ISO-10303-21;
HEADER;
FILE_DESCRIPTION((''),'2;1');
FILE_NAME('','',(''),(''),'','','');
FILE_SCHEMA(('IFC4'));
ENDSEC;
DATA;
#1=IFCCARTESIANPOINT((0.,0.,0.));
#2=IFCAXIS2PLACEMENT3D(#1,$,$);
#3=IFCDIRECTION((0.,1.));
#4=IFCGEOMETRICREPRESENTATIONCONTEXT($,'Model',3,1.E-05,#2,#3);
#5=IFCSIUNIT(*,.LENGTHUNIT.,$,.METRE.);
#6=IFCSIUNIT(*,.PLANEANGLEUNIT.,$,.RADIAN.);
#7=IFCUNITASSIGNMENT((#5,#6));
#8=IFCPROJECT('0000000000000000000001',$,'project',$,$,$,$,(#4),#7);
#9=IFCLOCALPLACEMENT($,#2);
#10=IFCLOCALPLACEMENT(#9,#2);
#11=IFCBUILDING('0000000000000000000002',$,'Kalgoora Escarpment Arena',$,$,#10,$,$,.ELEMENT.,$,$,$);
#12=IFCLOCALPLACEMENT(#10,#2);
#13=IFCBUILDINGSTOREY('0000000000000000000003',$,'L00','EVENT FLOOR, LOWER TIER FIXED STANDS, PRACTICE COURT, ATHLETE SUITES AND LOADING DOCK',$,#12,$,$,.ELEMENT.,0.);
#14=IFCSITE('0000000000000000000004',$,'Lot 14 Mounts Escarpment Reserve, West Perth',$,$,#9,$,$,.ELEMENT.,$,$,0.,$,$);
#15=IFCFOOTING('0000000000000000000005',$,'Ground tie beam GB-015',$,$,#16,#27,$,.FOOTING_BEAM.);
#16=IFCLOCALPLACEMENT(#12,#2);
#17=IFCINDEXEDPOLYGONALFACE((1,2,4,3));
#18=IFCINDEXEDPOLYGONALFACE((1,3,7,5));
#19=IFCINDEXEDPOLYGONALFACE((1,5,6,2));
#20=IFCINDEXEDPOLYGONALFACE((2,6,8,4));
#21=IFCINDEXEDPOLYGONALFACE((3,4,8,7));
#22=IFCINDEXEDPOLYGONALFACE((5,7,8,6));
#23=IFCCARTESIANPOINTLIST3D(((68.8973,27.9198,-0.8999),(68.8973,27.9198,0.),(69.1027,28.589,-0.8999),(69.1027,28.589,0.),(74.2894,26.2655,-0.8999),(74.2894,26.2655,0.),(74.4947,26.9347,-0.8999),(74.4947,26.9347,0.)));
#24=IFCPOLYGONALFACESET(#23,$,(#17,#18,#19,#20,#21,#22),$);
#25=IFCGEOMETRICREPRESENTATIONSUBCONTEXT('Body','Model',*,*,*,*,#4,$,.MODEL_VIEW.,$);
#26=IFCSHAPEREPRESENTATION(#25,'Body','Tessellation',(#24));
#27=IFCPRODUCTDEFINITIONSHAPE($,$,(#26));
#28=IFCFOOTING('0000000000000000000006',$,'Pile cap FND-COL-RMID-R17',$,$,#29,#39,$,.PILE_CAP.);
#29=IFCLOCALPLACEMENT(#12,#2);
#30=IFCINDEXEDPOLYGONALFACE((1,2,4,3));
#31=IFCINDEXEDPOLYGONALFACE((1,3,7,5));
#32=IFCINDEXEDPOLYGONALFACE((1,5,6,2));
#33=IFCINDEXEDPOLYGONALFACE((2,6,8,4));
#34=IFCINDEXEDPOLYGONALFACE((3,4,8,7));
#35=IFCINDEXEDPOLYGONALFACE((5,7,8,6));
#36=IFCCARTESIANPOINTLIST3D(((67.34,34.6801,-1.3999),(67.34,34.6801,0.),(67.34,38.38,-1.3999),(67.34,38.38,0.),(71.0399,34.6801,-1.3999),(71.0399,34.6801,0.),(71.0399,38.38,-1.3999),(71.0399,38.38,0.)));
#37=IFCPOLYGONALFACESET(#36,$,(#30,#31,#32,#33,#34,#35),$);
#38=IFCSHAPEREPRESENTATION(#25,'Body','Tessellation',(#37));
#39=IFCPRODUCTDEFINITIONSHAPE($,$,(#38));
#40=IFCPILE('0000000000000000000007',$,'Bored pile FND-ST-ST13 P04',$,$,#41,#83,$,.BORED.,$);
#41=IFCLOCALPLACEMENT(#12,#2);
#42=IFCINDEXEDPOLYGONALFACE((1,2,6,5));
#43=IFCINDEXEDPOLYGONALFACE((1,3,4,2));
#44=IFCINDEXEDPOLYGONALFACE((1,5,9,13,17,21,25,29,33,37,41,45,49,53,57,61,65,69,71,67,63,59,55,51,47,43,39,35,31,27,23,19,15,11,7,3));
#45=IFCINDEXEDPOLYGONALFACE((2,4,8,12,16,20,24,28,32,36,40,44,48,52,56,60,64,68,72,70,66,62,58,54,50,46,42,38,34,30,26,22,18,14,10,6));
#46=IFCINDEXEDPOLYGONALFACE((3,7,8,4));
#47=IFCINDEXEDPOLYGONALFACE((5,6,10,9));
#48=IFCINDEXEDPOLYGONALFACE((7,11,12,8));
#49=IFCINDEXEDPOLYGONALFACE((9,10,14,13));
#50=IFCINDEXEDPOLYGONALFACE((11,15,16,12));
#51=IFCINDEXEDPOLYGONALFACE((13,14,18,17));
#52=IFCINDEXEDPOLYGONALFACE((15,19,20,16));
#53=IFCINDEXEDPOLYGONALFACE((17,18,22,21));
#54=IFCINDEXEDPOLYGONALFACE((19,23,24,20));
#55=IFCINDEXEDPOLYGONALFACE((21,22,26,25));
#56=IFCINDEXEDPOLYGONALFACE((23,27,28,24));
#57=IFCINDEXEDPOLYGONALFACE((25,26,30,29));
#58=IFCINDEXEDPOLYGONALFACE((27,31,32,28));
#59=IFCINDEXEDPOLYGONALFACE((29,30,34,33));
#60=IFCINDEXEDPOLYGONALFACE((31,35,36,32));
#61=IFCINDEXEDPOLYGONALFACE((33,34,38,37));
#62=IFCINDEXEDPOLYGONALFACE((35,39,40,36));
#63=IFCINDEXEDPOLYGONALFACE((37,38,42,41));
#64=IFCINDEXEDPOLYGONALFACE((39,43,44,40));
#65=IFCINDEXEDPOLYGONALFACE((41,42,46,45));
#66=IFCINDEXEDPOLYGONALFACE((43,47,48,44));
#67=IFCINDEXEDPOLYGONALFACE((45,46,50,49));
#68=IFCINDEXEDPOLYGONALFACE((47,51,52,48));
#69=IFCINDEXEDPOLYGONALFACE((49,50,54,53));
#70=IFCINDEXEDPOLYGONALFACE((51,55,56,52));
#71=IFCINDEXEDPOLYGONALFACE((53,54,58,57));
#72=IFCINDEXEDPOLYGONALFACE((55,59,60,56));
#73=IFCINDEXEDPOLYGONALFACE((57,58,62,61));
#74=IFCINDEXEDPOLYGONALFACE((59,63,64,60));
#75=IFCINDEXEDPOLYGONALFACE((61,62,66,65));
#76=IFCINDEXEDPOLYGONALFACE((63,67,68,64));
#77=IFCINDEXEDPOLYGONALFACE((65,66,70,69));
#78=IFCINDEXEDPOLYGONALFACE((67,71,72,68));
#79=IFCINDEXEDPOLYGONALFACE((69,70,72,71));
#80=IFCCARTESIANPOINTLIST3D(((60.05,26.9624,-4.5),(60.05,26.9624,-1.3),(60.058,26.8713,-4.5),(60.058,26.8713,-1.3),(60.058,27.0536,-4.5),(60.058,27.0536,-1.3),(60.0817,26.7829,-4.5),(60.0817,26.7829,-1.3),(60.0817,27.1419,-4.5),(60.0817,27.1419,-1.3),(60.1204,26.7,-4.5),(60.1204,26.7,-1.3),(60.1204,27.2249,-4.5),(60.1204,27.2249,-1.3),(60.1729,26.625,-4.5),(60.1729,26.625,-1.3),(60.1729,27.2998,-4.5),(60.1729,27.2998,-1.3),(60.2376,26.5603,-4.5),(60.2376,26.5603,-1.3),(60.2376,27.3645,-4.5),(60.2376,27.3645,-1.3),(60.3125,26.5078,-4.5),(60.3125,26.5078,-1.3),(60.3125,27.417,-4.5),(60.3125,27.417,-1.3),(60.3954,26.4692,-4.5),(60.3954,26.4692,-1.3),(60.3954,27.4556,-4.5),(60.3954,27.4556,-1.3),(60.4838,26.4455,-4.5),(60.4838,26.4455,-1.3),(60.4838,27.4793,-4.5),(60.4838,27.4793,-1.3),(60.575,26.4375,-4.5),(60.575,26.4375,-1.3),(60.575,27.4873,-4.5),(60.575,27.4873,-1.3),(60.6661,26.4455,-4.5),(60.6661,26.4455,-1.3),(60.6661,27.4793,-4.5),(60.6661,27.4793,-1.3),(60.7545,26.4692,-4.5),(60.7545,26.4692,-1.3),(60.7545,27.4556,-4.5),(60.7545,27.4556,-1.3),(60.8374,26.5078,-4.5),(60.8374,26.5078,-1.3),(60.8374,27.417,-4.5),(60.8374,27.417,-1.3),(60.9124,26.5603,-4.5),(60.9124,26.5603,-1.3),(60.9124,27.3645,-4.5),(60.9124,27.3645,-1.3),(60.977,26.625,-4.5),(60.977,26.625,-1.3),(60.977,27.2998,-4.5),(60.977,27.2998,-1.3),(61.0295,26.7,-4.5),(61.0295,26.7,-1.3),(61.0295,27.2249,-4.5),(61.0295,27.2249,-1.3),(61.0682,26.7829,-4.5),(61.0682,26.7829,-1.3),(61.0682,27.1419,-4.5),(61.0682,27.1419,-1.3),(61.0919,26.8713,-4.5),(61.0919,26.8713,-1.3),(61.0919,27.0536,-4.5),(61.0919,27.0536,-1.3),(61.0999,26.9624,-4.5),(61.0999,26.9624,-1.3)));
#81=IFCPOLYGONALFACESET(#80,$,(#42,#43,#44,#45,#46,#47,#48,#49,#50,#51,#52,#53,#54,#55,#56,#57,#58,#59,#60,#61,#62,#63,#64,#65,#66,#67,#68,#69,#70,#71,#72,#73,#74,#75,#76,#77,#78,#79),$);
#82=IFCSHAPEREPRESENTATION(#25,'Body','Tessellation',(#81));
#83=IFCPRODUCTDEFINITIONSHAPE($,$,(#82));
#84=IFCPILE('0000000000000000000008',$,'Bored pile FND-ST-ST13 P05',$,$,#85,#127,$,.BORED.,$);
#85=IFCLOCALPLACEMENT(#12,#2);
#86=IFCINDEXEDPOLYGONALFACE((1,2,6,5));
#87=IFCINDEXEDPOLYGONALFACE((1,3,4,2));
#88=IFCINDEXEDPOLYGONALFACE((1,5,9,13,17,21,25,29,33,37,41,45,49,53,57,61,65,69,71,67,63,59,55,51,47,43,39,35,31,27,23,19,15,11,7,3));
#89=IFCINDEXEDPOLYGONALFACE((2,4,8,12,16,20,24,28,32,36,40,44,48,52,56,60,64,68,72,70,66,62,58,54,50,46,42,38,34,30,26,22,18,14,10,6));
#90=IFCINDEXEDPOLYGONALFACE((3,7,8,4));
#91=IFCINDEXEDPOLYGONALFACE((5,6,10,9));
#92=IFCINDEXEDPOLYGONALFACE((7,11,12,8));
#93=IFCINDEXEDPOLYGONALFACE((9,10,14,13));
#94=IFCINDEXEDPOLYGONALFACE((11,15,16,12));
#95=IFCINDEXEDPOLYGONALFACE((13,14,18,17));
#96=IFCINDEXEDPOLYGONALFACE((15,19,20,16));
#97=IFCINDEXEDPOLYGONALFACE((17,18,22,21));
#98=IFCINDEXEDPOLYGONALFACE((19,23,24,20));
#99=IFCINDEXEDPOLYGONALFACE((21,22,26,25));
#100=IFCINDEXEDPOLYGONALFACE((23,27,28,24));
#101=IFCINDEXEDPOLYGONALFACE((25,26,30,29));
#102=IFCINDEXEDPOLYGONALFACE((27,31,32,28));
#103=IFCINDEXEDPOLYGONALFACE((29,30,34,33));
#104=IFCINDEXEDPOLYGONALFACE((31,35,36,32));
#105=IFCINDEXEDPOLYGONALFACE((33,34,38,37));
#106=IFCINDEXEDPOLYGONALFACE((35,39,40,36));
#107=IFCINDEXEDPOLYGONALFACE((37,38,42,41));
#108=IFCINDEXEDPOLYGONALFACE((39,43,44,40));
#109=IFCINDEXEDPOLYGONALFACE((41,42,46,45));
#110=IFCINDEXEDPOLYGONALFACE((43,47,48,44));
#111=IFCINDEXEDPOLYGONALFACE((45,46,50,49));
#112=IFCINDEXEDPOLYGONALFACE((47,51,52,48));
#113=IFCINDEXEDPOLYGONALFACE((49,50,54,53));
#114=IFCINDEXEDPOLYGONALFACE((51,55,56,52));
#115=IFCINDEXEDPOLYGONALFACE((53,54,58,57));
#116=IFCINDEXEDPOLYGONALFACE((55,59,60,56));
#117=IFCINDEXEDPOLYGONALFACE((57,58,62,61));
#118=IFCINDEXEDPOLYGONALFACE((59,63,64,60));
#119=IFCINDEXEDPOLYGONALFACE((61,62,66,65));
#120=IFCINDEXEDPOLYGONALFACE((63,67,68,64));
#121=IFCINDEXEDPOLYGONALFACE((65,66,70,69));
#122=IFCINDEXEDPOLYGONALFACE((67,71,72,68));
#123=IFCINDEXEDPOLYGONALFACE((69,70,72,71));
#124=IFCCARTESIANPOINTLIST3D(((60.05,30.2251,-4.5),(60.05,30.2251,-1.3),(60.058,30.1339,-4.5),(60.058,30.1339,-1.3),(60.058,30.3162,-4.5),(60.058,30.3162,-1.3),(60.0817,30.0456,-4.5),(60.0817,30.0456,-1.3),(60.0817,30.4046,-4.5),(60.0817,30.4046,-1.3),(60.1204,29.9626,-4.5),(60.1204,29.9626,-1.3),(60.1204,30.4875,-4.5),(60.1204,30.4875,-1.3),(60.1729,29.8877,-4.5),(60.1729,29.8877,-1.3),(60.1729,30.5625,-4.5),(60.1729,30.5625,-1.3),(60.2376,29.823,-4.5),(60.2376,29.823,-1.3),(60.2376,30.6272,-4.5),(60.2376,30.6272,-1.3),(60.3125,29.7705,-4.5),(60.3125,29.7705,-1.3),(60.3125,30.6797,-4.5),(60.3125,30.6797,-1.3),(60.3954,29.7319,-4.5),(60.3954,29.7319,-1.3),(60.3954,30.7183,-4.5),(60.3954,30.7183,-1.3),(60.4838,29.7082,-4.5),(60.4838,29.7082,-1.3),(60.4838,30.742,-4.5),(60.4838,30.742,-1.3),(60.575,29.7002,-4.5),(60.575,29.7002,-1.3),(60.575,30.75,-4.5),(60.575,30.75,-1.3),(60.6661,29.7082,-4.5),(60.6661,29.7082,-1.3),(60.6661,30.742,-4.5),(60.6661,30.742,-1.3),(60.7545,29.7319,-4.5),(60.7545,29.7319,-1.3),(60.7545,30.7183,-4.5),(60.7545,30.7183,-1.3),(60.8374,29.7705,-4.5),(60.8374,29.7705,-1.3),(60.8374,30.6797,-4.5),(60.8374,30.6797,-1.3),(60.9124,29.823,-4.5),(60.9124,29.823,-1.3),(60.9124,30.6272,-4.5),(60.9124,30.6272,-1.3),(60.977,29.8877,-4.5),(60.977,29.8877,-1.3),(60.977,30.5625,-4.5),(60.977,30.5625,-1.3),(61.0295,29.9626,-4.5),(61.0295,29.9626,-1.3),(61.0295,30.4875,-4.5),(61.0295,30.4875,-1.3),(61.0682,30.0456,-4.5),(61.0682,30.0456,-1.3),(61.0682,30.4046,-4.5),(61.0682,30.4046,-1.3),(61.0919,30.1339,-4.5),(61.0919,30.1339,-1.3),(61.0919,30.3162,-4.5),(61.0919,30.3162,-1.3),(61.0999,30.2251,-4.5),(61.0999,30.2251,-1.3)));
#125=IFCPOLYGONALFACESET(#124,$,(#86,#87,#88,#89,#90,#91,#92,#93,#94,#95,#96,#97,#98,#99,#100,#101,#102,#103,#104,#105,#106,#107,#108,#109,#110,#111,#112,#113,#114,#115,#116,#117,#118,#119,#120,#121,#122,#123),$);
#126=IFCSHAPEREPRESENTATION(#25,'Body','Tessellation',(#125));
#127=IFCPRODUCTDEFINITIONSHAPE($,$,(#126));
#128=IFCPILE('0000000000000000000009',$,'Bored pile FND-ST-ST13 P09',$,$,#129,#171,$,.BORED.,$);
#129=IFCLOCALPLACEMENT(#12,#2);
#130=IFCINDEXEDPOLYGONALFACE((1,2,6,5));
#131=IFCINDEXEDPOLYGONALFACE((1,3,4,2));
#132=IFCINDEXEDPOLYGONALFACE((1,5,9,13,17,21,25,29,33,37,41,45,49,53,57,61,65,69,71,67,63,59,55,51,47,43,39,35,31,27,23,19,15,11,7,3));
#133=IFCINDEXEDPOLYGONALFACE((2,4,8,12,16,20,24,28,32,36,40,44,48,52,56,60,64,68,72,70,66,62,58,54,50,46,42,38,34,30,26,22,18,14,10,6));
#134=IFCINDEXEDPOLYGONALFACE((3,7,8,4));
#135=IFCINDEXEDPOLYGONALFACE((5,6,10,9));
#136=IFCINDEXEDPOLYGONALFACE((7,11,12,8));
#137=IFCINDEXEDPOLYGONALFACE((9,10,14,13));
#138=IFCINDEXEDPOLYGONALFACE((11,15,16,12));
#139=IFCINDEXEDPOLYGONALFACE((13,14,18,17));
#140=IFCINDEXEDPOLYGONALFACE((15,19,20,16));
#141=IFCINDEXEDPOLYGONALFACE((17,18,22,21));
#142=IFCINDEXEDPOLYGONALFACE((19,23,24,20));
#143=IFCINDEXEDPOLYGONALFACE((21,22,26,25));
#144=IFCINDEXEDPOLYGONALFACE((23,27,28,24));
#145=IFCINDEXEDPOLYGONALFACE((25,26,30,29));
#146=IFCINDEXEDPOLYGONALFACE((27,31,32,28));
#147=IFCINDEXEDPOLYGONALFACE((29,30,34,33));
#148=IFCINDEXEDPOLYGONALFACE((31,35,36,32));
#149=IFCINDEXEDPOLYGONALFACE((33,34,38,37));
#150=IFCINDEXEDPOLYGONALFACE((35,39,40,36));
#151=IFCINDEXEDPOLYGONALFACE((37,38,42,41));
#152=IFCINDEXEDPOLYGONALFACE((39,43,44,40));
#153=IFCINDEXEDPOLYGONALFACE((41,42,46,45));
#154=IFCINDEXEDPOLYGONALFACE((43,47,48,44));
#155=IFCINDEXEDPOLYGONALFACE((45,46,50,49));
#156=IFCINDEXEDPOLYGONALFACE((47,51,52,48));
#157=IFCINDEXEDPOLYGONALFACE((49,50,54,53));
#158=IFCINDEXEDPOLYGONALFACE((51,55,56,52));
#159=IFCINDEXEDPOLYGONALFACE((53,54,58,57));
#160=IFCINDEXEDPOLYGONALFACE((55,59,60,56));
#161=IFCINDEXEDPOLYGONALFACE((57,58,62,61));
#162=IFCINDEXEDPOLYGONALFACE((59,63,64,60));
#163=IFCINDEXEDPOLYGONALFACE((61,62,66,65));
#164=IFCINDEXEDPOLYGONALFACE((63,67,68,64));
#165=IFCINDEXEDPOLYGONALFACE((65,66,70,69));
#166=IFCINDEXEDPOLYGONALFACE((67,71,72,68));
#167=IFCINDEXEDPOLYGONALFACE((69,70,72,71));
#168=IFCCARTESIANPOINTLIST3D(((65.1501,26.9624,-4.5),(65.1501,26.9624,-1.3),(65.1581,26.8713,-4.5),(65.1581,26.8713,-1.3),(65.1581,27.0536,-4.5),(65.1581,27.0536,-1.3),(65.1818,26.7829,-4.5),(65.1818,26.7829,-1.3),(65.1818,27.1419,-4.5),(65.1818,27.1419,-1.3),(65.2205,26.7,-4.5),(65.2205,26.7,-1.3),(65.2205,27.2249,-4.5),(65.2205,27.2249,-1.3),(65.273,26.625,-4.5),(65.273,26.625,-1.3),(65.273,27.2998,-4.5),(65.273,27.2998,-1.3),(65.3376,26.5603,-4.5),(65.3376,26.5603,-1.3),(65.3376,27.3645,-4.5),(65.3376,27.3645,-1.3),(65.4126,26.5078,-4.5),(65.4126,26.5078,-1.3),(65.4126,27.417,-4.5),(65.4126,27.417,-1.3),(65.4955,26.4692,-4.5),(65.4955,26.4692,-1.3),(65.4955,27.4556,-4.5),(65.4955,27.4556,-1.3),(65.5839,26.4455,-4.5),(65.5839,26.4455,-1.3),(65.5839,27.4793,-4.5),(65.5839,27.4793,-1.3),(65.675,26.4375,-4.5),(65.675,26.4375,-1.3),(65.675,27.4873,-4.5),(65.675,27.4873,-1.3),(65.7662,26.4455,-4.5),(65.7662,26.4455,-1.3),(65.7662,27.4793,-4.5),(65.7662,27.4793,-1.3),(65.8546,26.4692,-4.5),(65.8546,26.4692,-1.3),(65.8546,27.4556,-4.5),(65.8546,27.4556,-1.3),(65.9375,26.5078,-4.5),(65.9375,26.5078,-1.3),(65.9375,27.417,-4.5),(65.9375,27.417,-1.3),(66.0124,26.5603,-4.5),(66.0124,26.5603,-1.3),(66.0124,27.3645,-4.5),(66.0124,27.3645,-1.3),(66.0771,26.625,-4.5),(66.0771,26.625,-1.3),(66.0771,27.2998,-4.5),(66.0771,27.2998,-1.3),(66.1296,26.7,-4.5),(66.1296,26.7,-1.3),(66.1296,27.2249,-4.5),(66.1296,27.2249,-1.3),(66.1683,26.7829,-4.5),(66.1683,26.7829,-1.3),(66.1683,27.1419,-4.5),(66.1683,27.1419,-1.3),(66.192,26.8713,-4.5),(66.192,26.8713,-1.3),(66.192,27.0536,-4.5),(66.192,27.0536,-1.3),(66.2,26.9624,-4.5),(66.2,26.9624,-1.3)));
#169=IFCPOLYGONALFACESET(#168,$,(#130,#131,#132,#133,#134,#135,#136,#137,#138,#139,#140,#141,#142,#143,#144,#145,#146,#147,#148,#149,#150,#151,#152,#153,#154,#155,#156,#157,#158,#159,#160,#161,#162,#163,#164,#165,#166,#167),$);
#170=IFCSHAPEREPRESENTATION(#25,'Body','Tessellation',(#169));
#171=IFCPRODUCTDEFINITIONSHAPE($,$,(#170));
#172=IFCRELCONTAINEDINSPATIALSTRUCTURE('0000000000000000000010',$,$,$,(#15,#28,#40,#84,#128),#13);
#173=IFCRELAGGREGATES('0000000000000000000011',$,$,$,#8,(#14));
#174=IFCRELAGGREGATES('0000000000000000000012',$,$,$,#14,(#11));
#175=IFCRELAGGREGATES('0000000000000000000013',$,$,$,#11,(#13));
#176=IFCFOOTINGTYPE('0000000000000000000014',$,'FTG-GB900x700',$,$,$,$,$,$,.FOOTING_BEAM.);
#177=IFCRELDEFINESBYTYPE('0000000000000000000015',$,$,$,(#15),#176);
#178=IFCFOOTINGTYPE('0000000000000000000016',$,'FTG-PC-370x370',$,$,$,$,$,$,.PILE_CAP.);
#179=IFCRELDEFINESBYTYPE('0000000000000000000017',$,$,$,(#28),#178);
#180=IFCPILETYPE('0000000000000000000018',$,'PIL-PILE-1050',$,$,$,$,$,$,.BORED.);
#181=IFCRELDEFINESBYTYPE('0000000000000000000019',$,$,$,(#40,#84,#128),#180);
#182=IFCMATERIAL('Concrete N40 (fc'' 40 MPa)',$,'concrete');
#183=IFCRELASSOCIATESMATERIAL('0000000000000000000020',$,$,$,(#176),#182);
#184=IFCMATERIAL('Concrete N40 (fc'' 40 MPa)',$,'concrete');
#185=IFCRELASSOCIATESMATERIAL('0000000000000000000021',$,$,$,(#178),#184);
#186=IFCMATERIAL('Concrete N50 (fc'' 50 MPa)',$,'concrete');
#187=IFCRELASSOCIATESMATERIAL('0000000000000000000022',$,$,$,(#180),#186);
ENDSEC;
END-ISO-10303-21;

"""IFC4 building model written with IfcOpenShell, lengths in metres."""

from ifc_helpers import new_model, si_unit, direction, frame, origin, origin_2d, place, context, subcontext, project, spatial, rectangle, circle, extrude, material, material_profile, profile_set, type_object, element, save


model = new_model("IFC4")

# Units and contexts
model_context = context("Model", 3, precision=1e-05, world=origin(), true_north=direction((0.0, 1.0)))
body_context = subcontext(model_context, "Body", "Model", "MODEL_VIEW")
ifc_project = project(units=[si_unit("LENGTHUNIT", "METRE"), si_unit("PLANEANGLEUNIT", "RADIAN")], contexts=[model_context])

# Site, building, storey
site_placement = place(None, origin())
site = spatial("IfcSite", under=ifc_project, at=site_placement, Name="Lot 14 Mounts Escarpment Reserve, West Perth", CompositionType="ELEMENT", RefElevation=0.0)
building_placement = place(site_placement, origin())
building = spatial("IfcBuilding", under=site, at=building_placement, Name="Kalgoora Escarpment Arena", CompositionType="ELEMENT")
storey_placement = place(building_placement, origin())
storey = spatial("IfcBuildingStorey", under=building, at=storey_placement, Name="L00", Description="EVENT FLOOR, LOWER TIER FIXED STANDS, PRACTICE COURT, ATHLETE SUITES AND LOADING DOCK", CompositionType="ELEMENT", Elevation=0.0)

# Footings
ifc_material_1 = material(Name="Concrete N40 (fc' 40 MPa)", Category="concrete")
ifc_material_profile_1 = material_profile(ifc_material_1, rectangle(XDim=0.7, YDim=0.8999, at=origin_2d()))
ifc_profile_set_1 = profile_set([ifc_material_profile_1], Name="Concrete N40 (fc' 40 MPa)")
footing_type_1 = type_object("IfcFootingType", Name="FTG-GB900x700", PredefinedType="FOOTING_BEAM", material=ifc_profile_set_1)
footing_1_placement = place(storey_placement, frame((69.0, 28.2544, -0.45), z_axis=(0.956018, -0.293307, 0.0), x_axis=(0.293307, 0.956018, 0.0)))
element("IfcFooting", 1, at=footing_1_placement, inside=storey, type_object=footing_type_1, Name="Ground tie beam GB-015", PredefinedType="FOOTING_BEAM", context=body_context, shape_type="SweptSolid", body=[
    extrude(rectangle(XDim=0.7, YDim=0.8999, at=origin_2d()), origin(), (0.0, 0.0, 1.0), 5.6401),
])
ifc_material_2 = material(Name="Concrete N40 (fc' 40 MPa)", Category="concrete")
footing_type_2 = type_object("IfcFootingType", Name="FTG-PC-370x370", PredefinedType="PILE_CAP", material=ifc_material_2)
footing_2_placement = place(storey_placement, frame((69.1899, 36.53, -1.3999), z_axis=(0.0, 0.0, 1.0), x_axis=(1.0, 0.0, 0.0)))
element("IfcFooting", 2, at=footing_2_placement, inside=storey, type_object=footing_type_2, Name="Pile cap FND-COL-RMID-R17", PredefinedType="PILE_CAP", context=body_context, shape_type="SweptSolid", body=[
    extrude(rectangle(XDim=3.7, YDim=3.7, at=origin_2d()), origin(), (0.0, 0.0, 1.0), 1.3999),
])

# Piles
ifc_material_3 = material(Name="Concrete N50 (fc' 50 MPa)", Category="concrete")
ifc_material_profile_2 = material_profile(ifc_material_3, circle(Radius=0.5249, at=origin_2d()))
ifc_profile_set_2 = profile_set([ifc_material_profile_2], Name="Concrete N50 (fc' 50 MPa)")
pile_type_1 = type_object("IfcPileType", Name="PIL-PILE-1050", PredefinedType="BORED", material=ifc_profile_set_2)
for number, where, z_axis, x_axis, name in (
    (3, (60.575, 26.9624, -1.3), (0.0, 0.0, -1.0), (1.0, 0.0, 0.0), "Bored pile FND-ST-ST13 P04"),
    (4, (60.575, 30.2251, -1.3), (0.0, 0.0, -1.0), (1.0, 0.0, 0.0), "Bored pile FND-ST-ST13 P05"),
    (5, (65.675, 26.9624, -1.3), (0.0, 0.0, -1.0), (1.0, 0.0, 0.0), "Bored pile FND-ST-ST13 P09"),
):
    element("IfcPile", number, at=place(storey_placement, frame(where, z_axis=z_axis, x_axis=x_axis)), inside=storey, type_object=pile_type_1, Name=name, PredefinedType="BORED", context=body_context, shape_type="SweptSolid", body=[
        extrude(circle(Radius=0.5249, at=origin_2d()), origin(), (0.0, 0.0, 1.0), 3.2),
    ])

save(model, "model.ifc")
